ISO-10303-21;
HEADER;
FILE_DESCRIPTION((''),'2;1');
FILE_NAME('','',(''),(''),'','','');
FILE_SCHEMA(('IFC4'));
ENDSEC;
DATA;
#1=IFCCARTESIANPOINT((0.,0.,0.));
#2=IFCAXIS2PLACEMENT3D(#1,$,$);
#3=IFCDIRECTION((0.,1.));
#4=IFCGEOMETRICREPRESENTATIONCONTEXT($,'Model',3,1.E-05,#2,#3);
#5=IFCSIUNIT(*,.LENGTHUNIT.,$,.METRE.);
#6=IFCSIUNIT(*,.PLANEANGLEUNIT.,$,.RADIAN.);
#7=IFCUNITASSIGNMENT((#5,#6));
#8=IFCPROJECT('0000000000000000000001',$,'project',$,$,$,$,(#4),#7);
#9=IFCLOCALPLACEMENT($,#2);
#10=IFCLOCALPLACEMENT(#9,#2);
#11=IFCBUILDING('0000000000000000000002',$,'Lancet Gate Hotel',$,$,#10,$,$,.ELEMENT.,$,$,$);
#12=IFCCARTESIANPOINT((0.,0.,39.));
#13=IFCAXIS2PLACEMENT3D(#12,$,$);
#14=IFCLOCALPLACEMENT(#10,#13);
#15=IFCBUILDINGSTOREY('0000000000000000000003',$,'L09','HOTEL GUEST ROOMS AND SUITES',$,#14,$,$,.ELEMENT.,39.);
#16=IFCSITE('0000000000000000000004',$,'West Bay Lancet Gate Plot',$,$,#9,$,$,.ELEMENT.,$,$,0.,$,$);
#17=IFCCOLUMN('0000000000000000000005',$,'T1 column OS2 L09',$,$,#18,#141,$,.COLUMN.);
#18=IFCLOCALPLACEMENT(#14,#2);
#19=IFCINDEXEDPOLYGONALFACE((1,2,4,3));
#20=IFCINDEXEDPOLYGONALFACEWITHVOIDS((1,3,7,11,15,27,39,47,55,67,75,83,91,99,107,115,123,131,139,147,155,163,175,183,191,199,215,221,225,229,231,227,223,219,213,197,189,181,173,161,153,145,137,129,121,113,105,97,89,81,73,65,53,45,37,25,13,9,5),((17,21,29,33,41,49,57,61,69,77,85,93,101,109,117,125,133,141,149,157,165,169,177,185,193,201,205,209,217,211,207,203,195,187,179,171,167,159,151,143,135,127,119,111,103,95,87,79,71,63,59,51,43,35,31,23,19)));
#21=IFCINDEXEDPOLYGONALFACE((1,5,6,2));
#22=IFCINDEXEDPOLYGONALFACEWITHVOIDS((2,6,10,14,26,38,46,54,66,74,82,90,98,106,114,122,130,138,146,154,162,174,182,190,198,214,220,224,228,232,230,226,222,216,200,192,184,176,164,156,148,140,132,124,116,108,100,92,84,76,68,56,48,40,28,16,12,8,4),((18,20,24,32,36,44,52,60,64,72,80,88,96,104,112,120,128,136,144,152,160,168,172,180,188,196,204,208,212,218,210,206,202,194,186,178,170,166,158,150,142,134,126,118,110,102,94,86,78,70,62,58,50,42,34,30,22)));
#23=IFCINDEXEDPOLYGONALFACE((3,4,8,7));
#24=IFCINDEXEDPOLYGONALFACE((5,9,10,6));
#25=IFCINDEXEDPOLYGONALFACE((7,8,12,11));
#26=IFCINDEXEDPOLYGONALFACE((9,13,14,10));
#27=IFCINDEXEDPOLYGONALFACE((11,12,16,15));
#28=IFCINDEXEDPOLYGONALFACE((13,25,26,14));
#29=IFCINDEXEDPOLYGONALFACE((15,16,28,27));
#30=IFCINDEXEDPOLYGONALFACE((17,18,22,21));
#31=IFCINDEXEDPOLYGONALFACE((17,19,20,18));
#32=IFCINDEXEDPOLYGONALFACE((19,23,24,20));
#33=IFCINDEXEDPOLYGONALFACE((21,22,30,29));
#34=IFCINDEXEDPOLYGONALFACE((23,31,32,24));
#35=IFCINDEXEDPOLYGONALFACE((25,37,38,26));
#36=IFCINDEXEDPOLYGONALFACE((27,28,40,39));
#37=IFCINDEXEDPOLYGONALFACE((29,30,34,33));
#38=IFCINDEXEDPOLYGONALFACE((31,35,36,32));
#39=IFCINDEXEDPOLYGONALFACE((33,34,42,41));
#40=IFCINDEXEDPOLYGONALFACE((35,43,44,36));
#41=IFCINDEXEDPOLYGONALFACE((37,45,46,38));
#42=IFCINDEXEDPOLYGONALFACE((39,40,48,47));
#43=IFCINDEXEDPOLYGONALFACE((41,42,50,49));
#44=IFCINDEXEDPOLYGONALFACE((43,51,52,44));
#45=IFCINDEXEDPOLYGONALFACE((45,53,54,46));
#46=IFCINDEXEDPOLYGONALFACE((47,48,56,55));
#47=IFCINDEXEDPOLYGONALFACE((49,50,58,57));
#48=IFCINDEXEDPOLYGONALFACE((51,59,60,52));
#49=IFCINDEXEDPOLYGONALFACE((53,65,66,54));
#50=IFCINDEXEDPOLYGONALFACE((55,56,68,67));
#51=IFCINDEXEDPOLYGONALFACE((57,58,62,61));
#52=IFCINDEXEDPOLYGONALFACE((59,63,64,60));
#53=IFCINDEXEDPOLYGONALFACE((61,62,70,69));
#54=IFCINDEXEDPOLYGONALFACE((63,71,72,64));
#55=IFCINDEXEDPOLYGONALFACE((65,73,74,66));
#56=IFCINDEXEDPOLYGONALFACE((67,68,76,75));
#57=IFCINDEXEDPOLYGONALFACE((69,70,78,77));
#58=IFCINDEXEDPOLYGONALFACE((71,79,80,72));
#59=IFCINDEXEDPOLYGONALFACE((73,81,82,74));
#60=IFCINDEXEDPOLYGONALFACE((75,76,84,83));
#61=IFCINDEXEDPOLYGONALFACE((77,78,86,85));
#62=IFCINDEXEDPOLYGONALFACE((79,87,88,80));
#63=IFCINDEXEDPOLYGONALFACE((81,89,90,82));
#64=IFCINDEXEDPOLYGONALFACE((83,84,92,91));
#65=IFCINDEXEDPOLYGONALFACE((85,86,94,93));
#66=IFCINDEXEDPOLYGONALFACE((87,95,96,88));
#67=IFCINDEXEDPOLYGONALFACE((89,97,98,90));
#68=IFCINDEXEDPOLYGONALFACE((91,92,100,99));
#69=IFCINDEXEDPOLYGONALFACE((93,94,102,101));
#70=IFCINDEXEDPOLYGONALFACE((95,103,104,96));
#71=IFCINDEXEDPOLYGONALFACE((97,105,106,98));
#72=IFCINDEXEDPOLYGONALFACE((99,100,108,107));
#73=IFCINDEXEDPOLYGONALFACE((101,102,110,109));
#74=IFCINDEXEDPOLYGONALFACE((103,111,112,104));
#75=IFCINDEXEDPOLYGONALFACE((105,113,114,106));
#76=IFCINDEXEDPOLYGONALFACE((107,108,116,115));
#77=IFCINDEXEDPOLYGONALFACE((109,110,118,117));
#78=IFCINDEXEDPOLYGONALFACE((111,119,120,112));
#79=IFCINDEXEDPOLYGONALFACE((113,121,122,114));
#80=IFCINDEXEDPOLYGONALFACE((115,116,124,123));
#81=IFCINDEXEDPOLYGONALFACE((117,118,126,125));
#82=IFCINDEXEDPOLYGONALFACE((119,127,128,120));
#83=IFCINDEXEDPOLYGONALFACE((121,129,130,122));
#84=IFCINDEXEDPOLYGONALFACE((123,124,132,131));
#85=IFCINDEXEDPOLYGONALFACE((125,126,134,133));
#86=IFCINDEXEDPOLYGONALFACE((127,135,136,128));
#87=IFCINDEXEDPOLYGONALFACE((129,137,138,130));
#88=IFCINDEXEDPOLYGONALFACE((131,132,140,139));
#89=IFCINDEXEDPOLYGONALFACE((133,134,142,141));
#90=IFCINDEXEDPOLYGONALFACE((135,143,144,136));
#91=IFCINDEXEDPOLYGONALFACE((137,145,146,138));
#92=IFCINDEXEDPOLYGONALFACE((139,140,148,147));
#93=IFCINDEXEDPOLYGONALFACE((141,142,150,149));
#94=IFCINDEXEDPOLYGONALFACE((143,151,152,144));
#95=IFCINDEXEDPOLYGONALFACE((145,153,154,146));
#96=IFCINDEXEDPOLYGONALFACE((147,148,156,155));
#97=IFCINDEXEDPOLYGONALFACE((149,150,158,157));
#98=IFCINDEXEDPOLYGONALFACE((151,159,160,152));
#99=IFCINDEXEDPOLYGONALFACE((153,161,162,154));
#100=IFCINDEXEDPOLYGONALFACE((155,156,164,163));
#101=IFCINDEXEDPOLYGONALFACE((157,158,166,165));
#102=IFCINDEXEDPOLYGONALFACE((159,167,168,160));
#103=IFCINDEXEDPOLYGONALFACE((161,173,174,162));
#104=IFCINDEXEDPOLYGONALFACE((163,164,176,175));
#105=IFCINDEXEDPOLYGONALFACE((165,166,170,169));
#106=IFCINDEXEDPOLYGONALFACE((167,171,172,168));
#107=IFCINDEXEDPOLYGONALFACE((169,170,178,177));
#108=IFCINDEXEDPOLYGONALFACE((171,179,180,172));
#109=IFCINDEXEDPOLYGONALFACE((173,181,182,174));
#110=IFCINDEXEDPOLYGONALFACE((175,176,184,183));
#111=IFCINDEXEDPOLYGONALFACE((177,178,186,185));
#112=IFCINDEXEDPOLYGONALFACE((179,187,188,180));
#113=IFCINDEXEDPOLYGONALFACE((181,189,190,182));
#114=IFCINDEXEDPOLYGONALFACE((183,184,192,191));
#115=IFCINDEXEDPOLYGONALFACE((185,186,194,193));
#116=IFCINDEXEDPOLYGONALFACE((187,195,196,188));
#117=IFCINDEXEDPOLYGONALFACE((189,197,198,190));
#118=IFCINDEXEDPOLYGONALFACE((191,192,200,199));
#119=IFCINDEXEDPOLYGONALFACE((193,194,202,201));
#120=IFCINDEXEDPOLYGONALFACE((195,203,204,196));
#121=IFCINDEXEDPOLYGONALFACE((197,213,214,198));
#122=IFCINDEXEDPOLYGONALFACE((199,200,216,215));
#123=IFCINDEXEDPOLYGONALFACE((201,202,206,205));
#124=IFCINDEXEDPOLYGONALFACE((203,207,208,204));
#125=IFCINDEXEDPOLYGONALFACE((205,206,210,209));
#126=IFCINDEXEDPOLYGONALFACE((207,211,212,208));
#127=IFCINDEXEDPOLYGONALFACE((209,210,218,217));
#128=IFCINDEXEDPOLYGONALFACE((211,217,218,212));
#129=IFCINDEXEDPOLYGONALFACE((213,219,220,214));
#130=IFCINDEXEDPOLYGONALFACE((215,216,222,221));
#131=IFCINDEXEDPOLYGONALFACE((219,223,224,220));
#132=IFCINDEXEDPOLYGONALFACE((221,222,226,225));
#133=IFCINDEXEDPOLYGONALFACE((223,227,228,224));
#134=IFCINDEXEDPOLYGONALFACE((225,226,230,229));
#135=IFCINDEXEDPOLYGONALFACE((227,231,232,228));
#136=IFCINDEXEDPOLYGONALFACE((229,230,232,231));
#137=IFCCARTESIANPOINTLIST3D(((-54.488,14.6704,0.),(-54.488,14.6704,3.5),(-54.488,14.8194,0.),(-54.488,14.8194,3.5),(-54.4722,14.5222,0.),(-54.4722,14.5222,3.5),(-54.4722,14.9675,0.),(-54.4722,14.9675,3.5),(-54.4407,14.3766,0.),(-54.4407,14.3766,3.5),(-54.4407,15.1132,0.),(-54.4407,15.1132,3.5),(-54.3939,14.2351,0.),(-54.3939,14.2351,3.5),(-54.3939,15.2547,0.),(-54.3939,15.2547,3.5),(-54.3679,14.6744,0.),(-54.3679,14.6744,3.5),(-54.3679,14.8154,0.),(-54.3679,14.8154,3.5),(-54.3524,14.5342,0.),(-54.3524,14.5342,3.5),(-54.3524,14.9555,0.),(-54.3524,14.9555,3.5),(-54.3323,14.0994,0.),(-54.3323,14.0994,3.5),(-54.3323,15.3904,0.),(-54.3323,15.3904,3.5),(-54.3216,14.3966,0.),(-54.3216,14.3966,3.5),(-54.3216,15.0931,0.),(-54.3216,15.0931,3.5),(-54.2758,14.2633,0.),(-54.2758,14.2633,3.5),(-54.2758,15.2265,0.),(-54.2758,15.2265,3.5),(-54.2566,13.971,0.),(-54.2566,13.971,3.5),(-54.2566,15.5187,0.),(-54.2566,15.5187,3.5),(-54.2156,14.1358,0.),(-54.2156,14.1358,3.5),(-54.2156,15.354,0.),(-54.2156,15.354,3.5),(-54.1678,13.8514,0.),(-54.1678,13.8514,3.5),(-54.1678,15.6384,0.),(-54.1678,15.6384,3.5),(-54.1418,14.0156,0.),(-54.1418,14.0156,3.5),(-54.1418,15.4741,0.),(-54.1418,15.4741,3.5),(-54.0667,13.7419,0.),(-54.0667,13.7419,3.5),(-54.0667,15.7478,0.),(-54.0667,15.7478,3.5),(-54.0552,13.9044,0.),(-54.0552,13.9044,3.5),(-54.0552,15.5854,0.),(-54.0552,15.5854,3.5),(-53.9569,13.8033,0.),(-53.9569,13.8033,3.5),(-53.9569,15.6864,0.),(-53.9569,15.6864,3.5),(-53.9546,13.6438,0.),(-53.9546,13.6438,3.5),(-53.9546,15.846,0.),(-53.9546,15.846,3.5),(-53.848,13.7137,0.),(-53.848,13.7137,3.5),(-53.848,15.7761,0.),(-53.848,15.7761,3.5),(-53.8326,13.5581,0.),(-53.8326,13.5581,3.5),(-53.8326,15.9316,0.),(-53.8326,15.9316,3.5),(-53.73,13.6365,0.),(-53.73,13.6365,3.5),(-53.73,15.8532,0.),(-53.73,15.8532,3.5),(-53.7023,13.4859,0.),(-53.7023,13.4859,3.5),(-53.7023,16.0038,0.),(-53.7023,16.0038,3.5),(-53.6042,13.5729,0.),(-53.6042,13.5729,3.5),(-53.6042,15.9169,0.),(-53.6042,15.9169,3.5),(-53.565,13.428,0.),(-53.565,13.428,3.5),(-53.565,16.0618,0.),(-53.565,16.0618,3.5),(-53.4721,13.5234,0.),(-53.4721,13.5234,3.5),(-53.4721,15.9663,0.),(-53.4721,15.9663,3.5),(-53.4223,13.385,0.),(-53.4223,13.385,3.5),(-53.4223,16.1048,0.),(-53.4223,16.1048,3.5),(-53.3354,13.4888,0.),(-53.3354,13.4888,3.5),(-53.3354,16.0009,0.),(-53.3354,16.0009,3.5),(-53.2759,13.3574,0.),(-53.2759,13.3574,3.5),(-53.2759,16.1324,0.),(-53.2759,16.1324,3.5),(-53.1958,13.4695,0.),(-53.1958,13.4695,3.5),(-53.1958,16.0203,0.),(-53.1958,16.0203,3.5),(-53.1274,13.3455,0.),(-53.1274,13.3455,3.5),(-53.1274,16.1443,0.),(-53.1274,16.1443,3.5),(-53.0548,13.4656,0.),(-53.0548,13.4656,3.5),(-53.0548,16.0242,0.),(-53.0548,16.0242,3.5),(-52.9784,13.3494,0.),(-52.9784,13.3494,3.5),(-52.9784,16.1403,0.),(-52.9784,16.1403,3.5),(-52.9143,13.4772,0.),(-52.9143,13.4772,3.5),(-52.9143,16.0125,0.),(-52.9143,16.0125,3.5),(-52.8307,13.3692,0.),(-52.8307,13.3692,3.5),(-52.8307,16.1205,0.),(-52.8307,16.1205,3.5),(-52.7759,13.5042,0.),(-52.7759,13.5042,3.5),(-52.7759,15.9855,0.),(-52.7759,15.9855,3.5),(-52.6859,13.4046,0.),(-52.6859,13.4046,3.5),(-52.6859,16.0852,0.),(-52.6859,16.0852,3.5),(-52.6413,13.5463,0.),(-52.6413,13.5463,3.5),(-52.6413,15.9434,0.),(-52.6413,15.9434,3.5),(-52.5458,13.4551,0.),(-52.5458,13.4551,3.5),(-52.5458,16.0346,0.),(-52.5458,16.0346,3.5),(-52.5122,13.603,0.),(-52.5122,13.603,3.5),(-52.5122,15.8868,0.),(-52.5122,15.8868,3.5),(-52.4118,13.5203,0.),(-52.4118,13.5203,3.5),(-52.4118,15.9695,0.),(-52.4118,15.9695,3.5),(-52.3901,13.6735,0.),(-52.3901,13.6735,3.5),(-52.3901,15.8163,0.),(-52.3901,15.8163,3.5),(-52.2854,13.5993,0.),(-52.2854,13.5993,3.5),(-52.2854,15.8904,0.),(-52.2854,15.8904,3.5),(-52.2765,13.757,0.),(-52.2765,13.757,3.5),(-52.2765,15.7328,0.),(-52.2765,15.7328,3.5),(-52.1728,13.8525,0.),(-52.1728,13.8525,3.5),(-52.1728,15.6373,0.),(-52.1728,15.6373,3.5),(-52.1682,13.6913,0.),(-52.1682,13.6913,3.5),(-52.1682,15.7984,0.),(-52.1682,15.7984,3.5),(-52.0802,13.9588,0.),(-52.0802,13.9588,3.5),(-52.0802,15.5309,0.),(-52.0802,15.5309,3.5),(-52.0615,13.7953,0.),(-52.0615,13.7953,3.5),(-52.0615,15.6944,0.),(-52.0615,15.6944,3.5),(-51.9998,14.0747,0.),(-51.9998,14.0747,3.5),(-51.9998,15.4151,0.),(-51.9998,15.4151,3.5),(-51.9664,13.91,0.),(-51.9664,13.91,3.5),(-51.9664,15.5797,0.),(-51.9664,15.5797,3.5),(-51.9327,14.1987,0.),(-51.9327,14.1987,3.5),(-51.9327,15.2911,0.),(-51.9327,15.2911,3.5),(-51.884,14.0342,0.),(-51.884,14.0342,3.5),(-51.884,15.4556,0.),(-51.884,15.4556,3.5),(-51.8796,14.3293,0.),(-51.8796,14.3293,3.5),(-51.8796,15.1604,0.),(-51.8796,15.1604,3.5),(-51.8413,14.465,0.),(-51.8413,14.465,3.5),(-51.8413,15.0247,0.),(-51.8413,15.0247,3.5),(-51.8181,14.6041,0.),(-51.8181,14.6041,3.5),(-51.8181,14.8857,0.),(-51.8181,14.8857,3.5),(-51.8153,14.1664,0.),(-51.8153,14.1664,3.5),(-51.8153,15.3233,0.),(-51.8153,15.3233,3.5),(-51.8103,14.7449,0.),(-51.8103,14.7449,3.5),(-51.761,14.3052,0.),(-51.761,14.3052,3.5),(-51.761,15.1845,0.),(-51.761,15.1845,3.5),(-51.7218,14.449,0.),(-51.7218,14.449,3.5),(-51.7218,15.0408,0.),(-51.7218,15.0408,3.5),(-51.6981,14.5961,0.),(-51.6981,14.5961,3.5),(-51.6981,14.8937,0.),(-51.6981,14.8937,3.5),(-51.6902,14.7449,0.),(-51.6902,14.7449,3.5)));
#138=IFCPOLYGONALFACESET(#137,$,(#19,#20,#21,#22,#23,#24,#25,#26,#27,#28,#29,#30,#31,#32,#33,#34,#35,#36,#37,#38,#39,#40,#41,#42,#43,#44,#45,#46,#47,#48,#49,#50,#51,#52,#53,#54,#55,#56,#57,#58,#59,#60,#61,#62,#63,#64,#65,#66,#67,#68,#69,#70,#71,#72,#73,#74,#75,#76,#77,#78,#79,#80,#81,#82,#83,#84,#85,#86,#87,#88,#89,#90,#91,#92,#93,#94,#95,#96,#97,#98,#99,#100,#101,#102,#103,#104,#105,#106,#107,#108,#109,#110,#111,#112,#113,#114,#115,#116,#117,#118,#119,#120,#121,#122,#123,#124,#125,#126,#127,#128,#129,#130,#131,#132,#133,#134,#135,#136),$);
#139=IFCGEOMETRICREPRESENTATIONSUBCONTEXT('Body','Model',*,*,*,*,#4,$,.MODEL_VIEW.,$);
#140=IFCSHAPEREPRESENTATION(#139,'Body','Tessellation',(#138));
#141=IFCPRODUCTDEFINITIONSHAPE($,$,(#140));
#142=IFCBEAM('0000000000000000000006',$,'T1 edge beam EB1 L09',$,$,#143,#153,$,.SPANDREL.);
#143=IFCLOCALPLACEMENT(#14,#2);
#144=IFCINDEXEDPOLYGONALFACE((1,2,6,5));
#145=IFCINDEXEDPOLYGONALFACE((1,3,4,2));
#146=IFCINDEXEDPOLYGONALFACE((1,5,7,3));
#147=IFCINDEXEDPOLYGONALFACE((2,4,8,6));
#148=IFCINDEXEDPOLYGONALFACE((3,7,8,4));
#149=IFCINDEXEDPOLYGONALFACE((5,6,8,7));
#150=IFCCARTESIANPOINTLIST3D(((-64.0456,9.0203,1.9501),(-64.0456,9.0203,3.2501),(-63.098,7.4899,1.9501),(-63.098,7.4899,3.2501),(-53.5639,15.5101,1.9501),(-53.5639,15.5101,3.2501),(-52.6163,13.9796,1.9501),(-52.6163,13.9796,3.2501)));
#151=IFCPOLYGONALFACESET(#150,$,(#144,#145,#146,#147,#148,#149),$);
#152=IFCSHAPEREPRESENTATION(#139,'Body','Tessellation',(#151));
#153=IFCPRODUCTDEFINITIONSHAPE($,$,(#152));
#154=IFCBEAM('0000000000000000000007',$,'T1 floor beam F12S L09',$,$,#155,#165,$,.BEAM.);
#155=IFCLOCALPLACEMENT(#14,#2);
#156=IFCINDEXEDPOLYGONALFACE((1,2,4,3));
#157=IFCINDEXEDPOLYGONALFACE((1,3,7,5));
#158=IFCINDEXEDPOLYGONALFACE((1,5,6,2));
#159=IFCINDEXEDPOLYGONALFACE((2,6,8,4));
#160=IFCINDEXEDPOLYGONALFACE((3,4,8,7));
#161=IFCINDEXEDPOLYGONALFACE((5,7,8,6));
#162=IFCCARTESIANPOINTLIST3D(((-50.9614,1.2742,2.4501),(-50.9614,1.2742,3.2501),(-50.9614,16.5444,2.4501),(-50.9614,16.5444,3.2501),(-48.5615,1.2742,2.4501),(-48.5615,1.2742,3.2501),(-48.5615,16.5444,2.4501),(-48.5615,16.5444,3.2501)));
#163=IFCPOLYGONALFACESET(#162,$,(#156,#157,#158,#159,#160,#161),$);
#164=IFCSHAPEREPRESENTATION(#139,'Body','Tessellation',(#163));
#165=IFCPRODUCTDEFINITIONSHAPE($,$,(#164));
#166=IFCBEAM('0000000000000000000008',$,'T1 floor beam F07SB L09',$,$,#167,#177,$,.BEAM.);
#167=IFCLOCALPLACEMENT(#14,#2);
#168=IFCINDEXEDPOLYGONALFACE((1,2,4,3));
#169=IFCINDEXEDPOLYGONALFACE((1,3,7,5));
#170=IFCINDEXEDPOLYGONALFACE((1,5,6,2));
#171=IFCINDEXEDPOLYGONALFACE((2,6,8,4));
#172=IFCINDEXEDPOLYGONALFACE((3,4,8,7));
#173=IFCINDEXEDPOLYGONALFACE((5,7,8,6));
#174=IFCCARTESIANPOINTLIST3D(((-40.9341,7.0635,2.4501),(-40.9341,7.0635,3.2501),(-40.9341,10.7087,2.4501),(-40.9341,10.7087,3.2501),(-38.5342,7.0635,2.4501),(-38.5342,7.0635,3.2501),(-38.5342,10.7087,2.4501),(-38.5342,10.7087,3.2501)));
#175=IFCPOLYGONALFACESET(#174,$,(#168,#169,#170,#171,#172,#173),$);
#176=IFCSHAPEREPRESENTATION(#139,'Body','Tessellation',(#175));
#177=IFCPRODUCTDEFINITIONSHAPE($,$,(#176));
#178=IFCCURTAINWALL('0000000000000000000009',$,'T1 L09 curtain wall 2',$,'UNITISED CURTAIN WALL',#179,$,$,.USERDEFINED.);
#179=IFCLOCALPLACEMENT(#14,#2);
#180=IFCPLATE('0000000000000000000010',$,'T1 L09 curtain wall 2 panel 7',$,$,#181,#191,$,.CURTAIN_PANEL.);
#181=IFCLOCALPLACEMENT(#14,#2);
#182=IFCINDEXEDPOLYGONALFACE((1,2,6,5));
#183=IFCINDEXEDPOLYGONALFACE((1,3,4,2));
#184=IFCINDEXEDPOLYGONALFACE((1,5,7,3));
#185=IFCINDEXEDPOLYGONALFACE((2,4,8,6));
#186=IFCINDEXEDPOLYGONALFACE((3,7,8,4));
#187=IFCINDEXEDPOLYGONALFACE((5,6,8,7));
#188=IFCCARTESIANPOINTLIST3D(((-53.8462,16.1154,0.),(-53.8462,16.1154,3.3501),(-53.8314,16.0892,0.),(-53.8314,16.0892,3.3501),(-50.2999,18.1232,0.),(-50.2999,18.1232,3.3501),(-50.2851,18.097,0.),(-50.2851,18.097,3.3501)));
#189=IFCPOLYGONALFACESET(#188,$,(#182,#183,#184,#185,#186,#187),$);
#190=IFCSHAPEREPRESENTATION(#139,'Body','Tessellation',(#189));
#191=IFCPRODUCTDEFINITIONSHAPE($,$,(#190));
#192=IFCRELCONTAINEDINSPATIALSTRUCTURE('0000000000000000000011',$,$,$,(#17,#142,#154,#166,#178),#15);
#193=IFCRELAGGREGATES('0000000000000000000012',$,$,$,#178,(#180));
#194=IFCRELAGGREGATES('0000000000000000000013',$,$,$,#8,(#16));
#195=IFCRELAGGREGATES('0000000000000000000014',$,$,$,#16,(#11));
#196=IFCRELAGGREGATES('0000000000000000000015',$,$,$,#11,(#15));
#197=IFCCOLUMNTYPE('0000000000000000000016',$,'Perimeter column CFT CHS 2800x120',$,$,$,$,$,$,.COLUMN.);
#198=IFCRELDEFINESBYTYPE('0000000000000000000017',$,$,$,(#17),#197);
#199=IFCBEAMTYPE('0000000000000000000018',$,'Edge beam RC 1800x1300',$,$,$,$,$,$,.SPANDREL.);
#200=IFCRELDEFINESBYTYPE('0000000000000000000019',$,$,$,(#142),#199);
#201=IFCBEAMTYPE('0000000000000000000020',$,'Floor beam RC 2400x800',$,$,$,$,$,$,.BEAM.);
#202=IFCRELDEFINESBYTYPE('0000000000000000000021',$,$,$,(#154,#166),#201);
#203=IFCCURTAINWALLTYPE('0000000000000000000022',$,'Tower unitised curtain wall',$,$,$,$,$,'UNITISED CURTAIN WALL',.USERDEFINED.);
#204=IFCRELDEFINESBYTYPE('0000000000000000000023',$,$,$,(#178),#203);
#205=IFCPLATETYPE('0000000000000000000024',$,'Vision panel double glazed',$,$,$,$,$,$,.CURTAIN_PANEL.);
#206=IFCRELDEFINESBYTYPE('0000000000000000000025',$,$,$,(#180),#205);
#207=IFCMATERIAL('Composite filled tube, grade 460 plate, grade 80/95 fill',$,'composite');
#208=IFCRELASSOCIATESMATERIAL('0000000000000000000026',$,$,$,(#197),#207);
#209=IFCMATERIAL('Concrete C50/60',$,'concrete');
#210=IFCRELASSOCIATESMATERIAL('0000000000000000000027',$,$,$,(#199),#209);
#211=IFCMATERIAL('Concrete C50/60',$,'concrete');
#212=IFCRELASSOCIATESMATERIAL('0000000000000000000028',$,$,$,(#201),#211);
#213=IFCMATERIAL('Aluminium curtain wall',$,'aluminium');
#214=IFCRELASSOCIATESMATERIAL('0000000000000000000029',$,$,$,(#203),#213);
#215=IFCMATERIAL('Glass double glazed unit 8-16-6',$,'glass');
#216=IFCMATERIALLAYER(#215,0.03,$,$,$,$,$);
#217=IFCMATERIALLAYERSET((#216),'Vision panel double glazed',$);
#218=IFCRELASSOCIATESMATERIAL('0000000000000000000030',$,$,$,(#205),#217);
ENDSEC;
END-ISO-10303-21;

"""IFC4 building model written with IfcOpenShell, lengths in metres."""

from ifc_helpers import new_model, si_unit, direction, frame, origin, origin_2d, place, context, subcontext, project, spatial, rectangle, hollow_circle, extrude, material, layer, layer_set, material_profile, profile_set, type_object, element, aggregate, save


model = new_model("IFC4")

# Units and contexts
model_context = context("Model", 3, precision=1e-05, world=origin(), true_north=direction((0.0, 1.0)))
body_context = subcontext(model_context, "Body", "Model", "MODEL_VIEW")
ifc_project = project(units=[si_unit("LENGTHUNIT", "METRE"), si_unit("PLANEANGLEUNIT", "RADIAN")], contexts=[model_context])

# Site, building, storey
site_placement = place(None, origin())
site = spatial("IfcSite", under=ifc_project, at=site_placement, Name="West Bay Lancet Gate Plot", CompositionType="ELEMENT", RefElevation=0.0)
building_placement = place(site_placement, origin())
building = spatial("IfcBuilding", under=site, at=building_placement, Name="Lancet Gate Hotel", CompositionType="ELEMENT")
storey_placement = place(building_placement, frame((0.0, 0.0, 39.0)))
storey = spatial("IfcBuildingStorey", under=building, at=storey_placement, Name="L09", Description="HOTEL GUEST ROOMS AND SUITES", CompositionType="ELEMENT", Elevation=39.0)

# Column
ifc_material_1 = material(Name="Composite filled tube, grade 460 plate, grade 80/95 fill", Category="composite")
ifc_material_profile_1 = material_profile(ifc_material_1, hollow_circle(Radius=1.3999, WallThickness=0.1201, at=origin_2d()), Name="CHS 2800x120")
ifc_profile_set_1 = profile_set([ifc_material_profile_1], Name="Composite filled tube, grade 460 plate, grade 80/95 fill")
column_type = type_object("IfcColumnType", Name="Perimeter column CFT CHS 2800x120", PredefinedType="COLUMN", material=ifc_profile_set_1)
column_placement = place(storey_placement, frame((-53.0901, 14.7449, 0.0), z_axis=(0.0, 0.0, 1.0), x_axis=(1.0, 0.0, 0.0)))
element("IfcColumn", 1, at=column_placement, inside=storey, type_object=column_type, Name="T1 column OS2 L09", PredefinedType="COLUMN", context=body_context, shape_type="SweptSolid", body=[
    extrude(hollow_circle(Radius=1.3999, WallThickness=0.1201, at=origin_2d()), origin(), (0.0, 0.0, 1.0), 3.5),
])

# Beams
ifc_material_2 = material(Name="Concrete C50/60", Category="concrete")
ifc_material_profile_2 = material_profile(ifc_material_2, rectangle(XDim=1.8, YDim=1.3, at=origin_2d()), Name="RC 1800x1300")
ifc_profile_set_2 = profile_set([ifc_material_profile_2], Name="Concrete C50/60")
beam_type_1 = type_object("IfcBeamType", Name="Edge beam RC 1800x1300", PredefinedType="SPANDREL", material=ifc_profile_set_2)
beam_1_placement = place(storey_placement, frame((-53.0901, 14.7449, 2.6001), z_axis=(-0.850226, -0.526418, 0.0), x_axis=(0.526418, -0.850226, 0.0)))
element("IfcBeam", 2, at=beam_1_placement, inside=storey, type_object=beam_type_1, Name="T1 edge beam EB1 L09", PredefinedType="SPANDREL", context=body_context, shape_type="SweptSolid", body=[
    extrude(rectangle(XDim=1.8, YDim=1.3, at=origin_2d()), origin(), (0.0, 0.0, 1.0), 12.3281),
])
ifc_material_3 = material(Name="Concrete C50/60", Category="concrete")
ifc_material_profile_3 = material_profile(ifc_material_3, rectangle(XDim=2.3999, YDim=0.8, at=origin_2d()), Name="RC 2400x800")
ifc_profile_set_3 = profile_set([ifc_material_profile_3], Name="Concrete C50/60")
beam_type_2 = type_object("IfcBeamType", Name="Floor beam RC 2400x800", PredefinedType="BEAM", material=ifc_profile_set_3)
beam_2_placement = place(storey_placement, frame((-49.7615, 16.5444, 2.8501), z_axis=(0.0, -1.0, 0.0), x_axis=(1.0, 0.0, 0.0)))
element("IfcBeam", 3, at=beam_2_placement, inside=storey, type_object=beam_type_2, Name="T1 floor beam F12S L09", PredefinedType="BEAM", context=body_context, shape_type="SweptSolid", body=[
    extrude(rectangle(XDim=2.3999, YDim=0.8, at=origin_2d()), origin(), (0.0, 0.0, 1.0), 15.2703),
])
beam_3_placement = place(storey_placement, frame((-39.7341, 10.7087, 2.8501), z_axis=(0.0, -1.0, 0.0), x_axis=(1.0, 0.0, 0.0)))
element("IfcBeam", 4, at=beam_3_placement, inside=storey, type_object=beam_type_2, Name="T1 floor beam F07SB L09", PredefinedType="BEAM", context=body_context, shape_type="SweptSolid", body=[
    extrude(rectangle(XDim=2.3999, YDim=0.8, at=origin_2d()), origin(), (0.0, 0.0, 1.0), 3.6453),
])

# Curtain wall, plate
ifc_material_4 = material(Name="Aluminium curtain wall", Category="aluminium")
curtain_wall_type = type_object("IfcCurtainWallType", Name="Tower unitised curtain wall", ElementType="UNITISED CURTAIN WALL", PredefinedType="USERDEFINED", material=ifc_material_4)
curtain_wall_placement = place(storey_placement, origin())
curtain_wall = element("IfcCurtainWall", 5, at=curtain_wall_placement, inside=storey, type_object=curtain_wall_type, Name="T1 L09 curtain wall 2", ObjectType="UNITISED CURTAIN WALL", PredefinedType="USERDEFINED")
ifc_material_5 = material(Name="Glass double glazed unit 8-16-6", Category="glass")
ifc_layer_1 = layer(ifc_material_5, 0.03)
ifc_layer_set_1 = layer_set([ifc_layer_1], Name="Vision panel double glazed")
plate_type = type_object("IfcPlateType", Name="Vision panel double glazed", PredefinedType="CURTAIN_PANEL", material=ifc_layer_set_1)
plate_placement = place(storey_placement, frame((-52.0657, 17.1062, 0.0), z_axis=(0.0, 0.0, 1.0), x_axis=(-0.870205, -0.49269, 0.0)))
plate = element("IfcPlate", 6, at=plate_placement, type_object=plate_type, Name="T1 L09 curtain wall 2 panel 7", PredefinedType="CURTAIN_PANEL", context=body_context, shape_type="SweptSolid", body=[
    extrude(rectangle(XDim=4.0752, YDim=0.03, at=origin_2d()), origin(), (0.0, 0.0, 1.0), 3.3501),
])
aggregate(curtain_wall, [plate])

save(model, "model.ifc")
